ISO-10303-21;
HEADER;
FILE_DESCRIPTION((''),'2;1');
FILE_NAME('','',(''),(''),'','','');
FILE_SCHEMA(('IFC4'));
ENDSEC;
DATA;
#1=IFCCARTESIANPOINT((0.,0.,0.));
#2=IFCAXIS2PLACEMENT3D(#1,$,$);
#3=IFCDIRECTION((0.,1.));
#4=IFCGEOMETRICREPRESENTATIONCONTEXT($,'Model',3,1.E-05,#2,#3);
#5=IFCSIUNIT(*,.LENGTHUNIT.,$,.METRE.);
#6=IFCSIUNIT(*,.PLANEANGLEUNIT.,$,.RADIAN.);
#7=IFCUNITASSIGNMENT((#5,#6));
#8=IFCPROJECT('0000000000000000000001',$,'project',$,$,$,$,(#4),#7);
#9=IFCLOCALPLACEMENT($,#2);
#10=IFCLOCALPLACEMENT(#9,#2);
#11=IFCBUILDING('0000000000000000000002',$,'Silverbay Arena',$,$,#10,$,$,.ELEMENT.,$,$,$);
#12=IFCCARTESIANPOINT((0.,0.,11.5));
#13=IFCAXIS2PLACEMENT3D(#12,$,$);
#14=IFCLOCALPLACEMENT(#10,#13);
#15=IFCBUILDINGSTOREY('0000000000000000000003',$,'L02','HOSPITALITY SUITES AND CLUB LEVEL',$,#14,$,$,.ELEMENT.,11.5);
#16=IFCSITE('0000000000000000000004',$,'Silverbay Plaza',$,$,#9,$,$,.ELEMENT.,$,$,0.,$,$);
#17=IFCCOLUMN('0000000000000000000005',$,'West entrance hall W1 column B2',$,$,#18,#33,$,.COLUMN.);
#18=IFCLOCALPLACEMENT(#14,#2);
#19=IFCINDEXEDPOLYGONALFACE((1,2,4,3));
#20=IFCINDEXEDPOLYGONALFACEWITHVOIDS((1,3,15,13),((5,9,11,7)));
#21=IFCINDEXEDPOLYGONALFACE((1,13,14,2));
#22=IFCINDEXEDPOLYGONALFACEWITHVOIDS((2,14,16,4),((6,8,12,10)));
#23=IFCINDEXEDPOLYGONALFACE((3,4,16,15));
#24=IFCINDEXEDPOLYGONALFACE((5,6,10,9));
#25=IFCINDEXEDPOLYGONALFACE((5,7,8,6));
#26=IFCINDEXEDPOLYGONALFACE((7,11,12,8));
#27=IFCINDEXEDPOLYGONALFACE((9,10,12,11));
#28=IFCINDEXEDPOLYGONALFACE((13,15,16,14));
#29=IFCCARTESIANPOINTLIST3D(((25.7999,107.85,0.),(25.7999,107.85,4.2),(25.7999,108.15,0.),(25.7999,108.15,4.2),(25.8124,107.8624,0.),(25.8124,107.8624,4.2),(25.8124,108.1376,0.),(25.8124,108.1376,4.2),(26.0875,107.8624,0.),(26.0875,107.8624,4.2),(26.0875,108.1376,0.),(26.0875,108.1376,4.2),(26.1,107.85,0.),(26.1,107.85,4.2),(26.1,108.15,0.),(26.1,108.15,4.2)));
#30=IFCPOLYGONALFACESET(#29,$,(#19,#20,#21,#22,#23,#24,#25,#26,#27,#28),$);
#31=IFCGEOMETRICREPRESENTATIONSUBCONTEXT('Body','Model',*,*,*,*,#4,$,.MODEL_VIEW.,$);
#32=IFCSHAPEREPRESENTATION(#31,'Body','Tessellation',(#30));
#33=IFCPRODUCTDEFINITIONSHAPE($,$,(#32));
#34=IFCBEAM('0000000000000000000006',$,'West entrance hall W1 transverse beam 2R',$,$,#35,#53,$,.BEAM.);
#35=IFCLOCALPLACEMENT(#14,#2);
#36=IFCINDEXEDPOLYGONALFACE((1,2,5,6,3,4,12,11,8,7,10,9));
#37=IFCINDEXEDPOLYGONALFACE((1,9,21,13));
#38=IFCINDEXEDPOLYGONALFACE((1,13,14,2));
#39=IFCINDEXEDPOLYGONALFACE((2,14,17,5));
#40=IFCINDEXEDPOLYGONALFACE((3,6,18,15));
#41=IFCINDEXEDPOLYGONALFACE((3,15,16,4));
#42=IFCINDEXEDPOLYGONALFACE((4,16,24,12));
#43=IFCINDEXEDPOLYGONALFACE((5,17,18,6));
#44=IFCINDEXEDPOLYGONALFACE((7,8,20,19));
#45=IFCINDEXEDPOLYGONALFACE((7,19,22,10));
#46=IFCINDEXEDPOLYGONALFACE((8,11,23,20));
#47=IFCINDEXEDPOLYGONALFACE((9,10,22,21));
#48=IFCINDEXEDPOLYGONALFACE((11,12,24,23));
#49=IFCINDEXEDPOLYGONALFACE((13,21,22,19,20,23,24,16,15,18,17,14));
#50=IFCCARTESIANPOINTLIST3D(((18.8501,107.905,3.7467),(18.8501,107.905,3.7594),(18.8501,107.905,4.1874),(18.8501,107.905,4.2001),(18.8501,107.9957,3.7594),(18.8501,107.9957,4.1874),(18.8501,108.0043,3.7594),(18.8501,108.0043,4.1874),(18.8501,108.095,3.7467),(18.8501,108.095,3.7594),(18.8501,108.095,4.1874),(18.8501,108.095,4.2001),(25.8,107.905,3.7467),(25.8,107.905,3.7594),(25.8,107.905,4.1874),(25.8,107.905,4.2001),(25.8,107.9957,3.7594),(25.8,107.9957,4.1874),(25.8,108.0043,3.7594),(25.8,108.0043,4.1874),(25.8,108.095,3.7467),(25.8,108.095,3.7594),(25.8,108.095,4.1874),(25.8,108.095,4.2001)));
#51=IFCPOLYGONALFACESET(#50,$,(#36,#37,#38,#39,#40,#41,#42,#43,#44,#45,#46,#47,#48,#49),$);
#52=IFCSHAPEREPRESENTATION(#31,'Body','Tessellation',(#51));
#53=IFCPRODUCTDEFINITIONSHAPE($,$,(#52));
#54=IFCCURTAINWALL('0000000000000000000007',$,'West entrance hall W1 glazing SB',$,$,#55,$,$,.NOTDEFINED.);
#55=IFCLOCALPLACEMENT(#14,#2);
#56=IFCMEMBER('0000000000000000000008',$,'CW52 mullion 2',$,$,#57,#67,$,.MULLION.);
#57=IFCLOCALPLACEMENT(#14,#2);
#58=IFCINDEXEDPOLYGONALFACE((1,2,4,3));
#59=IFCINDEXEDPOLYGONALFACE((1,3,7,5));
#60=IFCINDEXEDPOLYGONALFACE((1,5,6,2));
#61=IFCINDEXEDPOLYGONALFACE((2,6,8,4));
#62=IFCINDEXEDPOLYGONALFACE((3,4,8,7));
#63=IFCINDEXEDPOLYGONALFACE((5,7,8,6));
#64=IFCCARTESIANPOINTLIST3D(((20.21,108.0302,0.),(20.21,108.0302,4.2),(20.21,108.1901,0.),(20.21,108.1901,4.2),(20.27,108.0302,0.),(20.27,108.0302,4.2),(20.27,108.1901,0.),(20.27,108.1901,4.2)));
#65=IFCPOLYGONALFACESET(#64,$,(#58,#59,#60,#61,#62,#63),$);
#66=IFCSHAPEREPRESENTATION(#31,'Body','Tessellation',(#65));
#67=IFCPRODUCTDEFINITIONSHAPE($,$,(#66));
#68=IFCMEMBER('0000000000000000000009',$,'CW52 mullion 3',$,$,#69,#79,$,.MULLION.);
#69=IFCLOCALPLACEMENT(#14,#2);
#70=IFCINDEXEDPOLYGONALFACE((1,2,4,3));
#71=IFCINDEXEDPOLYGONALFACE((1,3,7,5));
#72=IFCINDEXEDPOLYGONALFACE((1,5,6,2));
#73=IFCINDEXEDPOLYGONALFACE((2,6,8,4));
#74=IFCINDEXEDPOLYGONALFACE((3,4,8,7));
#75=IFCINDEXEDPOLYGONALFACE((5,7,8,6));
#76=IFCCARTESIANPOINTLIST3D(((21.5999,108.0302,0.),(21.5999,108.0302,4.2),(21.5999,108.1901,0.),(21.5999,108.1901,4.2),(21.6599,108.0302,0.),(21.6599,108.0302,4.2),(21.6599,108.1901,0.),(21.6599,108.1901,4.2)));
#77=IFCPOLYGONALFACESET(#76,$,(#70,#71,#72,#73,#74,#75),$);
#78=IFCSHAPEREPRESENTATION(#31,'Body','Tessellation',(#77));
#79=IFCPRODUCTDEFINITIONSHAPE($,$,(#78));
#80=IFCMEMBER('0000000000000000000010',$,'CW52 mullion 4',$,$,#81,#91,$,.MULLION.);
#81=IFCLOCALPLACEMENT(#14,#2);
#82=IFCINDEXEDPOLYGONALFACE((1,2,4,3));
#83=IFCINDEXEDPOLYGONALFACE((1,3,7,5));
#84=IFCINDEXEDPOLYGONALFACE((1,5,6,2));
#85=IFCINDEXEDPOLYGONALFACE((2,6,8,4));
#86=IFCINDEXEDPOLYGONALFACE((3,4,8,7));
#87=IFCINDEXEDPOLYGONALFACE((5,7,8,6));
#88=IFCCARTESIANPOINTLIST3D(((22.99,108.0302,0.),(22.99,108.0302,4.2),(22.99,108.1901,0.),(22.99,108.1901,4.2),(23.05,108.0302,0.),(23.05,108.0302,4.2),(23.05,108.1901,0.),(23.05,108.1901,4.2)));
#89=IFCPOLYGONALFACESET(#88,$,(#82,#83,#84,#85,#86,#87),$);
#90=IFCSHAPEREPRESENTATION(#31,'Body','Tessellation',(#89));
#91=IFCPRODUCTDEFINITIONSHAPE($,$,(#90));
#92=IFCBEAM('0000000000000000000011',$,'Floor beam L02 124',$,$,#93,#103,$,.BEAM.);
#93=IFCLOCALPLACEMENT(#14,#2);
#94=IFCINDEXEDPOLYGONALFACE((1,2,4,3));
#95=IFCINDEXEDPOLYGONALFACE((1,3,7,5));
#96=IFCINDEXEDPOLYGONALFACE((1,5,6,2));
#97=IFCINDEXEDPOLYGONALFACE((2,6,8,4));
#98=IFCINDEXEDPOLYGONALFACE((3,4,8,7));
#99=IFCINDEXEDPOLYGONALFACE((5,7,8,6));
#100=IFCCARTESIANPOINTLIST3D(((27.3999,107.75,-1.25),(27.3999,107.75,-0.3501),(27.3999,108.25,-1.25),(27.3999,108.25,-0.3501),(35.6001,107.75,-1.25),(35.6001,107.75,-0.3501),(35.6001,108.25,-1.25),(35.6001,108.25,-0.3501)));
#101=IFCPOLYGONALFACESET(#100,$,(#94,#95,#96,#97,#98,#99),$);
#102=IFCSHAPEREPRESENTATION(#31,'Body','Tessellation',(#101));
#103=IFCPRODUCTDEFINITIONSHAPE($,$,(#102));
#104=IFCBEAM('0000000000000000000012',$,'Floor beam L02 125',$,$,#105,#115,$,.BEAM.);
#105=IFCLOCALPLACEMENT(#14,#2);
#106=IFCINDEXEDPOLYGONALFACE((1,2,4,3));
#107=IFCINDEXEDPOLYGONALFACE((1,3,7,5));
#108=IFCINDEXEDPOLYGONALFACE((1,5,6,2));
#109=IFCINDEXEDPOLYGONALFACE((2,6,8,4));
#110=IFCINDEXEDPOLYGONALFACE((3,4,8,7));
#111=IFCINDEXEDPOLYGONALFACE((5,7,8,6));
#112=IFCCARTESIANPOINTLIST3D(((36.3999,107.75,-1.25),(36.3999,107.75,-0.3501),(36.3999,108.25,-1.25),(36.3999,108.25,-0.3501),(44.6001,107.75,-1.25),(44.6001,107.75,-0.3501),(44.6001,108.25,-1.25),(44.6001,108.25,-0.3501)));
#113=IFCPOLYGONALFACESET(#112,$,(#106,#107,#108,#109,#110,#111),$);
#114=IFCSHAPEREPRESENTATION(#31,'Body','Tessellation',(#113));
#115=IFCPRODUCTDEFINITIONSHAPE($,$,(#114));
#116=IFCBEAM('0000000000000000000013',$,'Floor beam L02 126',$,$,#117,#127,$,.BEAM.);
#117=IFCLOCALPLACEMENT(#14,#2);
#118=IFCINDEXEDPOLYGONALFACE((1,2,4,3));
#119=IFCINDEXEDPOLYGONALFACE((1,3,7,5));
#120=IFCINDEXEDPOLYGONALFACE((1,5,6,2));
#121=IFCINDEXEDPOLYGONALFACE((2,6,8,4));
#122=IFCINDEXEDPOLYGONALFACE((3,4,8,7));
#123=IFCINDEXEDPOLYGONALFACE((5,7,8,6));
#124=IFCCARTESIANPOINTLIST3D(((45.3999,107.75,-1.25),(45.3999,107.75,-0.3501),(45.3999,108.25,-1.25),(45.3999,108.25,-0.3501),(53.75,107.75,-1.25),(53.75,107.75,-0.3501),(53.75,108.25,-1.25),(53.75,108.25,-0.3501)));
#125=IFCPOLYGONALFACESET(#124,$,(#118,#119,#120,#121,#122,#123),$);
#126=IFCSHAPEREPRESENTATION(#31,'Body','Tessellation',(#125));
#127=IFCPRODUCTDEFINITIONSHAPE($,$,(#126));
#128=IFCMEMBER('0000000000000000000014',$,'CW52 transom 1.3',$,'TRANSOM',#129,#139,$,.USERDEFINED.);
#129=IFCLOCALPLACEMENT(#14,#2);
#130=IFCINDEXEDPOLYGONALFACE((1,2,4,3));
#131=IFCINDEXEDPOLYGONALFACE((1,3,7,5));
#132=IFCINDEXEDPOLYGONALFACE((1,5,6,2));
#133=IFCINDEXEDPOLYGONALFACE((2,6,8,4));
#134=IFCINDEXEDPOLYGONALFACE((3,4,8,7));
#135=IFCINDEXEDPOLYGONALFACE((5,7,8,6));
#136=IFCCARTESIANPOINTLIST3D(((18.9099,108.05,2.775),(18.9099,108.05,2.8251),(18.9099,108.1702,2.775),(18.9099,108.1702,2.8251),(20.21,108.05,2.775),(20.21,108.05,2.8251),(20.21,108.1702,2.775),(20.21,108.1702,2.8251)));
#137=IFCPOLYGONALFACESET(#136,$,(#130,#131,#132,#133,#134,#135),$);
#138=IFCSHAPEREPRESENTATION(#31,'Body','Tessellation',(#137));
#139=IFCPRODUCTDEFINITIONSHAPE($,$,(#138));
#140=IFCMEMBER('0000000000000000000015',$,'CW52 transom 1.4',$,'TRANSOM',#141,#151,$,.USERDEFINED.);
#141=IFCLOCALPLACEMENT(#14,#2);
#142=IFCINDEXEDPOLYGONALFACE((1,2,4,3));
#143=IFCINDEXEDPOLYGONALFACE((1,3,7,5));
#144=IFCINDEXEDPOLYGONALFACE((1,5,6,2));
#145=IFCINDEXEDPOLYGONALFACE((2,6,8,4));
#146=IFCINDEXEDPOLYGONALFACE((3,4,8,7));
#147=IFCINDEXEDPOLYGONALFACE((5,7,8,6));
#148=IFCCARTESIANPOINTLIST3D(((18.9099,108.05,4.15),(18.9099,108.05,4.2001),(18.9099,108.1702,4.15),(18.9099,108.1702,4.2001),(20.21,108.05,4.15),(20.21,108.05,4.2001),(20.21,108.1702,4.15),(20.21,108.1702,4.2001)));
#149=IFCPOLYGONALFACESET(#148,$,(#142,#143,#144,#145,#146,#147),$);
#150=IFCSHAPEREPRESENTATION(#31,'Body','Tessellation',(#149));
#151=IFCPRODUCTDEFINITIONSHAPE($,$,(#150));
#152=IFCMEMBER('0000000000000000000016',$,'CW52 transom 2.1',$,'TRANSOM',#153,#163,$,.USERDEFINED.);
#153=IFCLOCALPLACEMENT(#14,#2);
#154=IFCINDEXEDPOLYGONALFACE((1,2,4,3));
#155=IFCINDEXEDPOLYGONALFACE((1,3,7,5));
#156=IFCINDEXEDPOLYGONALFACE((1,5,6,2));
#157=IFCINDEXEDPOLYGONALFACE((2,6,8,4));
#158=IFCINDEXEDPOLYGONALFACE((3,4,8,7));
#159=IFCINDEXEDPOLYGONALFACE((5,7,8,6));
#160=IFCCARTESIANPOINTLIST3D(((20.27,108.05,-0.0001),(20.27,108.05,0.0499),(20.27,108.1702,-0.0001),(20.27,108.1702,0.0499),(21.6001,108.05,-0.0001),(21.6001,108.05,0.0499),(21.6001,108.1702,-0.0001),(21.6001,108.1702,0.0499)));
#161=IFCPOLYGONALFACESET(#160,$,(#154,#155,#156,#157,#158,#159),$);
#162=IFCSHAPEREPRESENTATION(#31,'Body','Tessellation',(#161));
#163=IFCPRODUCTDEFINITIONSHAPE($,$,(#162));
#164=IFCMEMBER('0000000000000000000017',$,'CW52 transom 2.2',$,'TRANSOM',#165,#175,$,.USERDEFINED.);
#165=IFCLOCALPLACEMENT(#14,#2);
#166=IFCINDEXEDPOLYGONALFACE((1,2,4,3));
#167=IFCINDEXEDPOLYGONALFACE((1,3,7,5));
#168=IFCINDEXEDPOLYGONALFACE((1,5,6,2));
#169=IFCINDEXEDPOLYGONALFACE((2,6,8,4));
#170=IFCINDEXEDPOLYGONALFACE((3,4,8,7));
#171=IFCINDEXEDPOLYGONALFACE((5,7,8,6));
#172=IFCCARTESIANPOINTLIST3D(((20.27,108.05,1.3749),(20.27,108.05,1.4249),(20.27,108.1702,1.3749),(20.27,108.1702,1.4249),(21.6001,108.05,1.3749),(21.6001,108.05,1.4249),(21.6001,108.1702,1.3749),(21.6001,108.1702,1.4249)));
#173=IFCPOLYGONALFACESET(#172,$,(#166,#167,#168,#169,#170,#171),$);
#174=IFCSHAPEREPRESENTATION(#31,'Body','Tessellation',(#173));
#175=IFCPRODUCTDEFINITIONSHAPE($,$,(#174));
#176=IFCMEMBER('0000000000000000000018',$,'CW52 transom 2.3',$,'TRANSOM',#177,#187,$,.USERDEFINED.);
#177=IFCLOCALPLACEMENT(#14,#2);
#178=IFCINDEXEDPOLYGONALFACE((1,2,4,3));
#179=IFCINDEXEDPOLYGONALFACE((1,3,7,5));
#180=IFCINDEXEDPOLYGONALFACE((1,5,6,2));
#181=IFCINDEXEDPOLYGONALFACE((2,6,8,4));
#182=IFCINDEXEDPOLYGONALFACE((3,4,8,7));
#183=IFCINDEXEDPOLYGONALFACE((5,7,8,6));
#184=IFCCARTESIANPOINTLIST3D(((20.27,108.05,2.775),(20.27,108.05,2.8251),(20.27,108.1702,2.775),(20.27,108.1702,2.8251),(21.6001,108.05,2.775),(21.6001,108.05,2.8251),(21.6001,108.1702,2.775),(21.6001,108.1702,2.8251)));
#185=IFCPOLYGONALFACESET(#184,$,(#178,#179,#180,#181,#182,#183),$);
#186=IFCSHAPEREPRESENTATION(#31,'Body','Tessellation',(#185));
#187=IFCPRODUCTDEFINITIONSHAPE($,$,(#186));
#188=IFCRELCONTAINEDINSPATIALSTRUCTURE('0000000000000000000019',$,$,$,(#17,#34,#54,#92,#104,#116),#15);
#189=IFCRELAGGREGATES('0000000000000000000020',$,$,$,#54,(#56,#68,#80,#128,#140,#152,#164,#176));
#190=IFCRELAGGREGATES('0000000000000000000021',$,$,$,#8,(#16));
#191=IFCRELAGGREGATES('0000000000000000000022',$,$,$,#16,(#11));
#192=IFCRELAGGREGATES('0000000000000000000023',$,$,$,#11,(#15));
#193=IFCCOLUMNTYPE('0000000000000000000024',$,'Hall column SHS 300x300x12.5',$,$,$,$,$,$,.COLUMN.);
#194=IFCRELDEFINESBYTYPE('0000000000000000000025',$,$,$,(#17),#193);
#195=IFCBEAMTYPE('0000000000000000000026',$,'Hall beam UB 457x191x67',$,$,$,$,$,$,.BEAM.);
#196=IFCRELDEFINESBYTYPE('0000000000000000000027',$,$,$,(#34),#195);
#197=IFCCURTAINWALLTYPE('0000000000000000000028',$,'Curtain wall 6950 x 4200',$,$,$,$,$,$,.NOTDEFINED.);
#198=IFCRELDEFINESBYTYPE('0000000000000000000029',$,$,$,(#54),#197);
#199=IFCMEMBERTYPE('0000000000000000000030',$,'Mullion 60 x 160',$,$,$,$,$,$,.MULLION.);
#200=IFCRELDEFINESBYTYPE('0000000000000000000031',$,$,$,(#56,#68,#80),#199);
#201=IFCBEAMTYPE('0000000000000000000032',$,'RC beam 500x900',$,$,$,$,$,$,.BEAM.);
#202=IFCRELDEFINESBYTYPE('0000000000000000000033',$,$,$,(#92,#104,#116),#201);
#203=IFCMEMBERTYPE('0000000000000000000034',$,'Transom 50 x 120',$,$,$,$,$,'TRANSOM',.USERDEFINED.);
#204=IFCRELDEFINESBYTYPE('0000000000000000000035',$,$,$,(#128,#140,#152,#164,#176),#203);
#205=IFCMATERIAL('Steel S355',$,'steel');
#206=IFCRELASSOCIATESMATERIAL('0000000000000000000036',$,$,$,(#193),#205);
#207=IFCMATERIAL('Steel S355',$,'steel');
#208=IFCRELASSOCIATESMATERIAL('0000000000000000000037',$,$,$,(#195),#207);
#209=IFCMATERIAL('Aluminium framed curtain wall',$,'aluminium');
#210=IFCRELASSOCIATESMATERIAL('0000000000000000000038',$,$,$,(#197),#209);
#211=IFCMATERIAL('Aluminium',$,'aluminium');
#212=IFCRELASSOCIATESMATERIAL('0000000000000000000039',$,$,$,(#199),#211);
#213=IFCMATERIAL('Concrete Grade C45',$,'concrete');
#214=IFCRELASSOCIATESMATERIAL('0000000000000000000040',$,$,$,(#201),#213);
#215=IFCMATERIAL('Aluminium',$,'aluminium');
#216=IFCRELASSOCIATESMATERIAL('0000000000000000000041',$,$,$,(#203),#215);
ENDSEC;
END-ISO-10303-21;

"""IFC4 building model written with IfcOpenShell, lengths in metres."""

from ifc_helpers import new_model, si_unit, direction, frame, origin, origin_2d, place, context, subcontext, project, spatial, rectangle, hollow_rectangle, i_section, extrude, material, material_profile, profile_set, type_object, element, aggregate, save


model = new_model("IFC4")

# Units and contexts
model_context = context("Model", 3, precision=1e-05, world=origin(), true_north=direction((0.0, 1.0)))
body_context = subcontext(model_context, "Body", "Model", "MODEL_VIEW")
ifc_project = project(units=[si_unit("LENGTHUNIT", "METRE"), si_unit("PLANEANGLEUNIT", "RADIAN")], contexts=[model_context])

# Site, building, storey
site_placement = place(None, origin())
site = spatial("IfcSite", under=ifc_project, at=site_placement, Name="Silverbay Plaza", CompositionType="ELEMENT", RefElevation=0.0)
building_placement = place(site_placement, origin())
building = spatial("IfcBuilding", under=site, at=building_placement, Name="Silverbay Arena", CompositionType="ELEMENT")
storey_placement = place(building_placement, frame((0.0, 0.0, 11.5)))
storey = spatial("IfcBuildingStorey", under=building, at=storey_placement, Name="L02", Description="HOSPITALITY SUITES AND CLUB LEVEL", CompositionType="ELEMENT", Elevation=11.5)

# Column
ifc_material_1 = material(Name="Steel S355", Category="steel")
ifc_material_profile_1 = material_profile(ifc_material_1, hollow_rectangle(XDim=0.3, YDim=0.3, WallThickness=0.0125, at=origin_2d()), Name="SHS 300x300x12.5")
ifc_profile_set_1 = profile_set([ifc_material_profile_1], Name="Steel S355")
column_type = type_object("IfcColumnType", Name="Hall column SHS 300x300x12.5", PredefinedType="COLUMN", material=ifc_profile_set_1)
column_placement = place(storey_placement, frame((25.95, 108.0, 0.0), z_axis=(0.0, 0.0, 1.0), x_axis=(1.0, 0.0, 0.0)))
element("IfcColumn", 1, at=column_placement, inside=storey, type_object=column_type, Name="West entrance hall W1 column B2", PredefinedType="COLUMN", context=body_context, shape_type="SweptSolid", body=[
    extrude(hollow_rectangle(XDim=0.3, YDim=0.3, WallThickness=0.0125, at=origin_2d()), origin(), (0.0, 0.0, 1.0), 4.2),
])

# Beam
ifc_material_2 = material(Name="Steel S355", Category="steel")
ifc_material_profile_2 = material_profile(ifc_material_2, i_section(OverallWidth=0.1899, OverallDepth=0.4534, WebThickness=0.0085, FlangeThickness=0.0127, at=origin_2d()), Name="UB 457x191x67")
ifc_profile_set_2 = profile_set([ifc_material_profile_2], Name="Steel S355")
beam_type_1 = type_object("IfcBeamType", Name="Hall beam UB 457x191x67", PredefinedType="BEAM", material=ifc_profile_set_2)
beam_1_placement = place(storey_placement, frame((25.8, 108.0, 3.9734), z_axis=(-1.0, 0.0, 0.0), x_axis=(0.0, -1.0, 0.0)))
element("IfcBeam", 2, at=beam_1_placement, inside=storey, type_object=beam_type_1, Name="West entrance hall W1 transverse beam 2R", PredefinedType="BEAM", context=body_context, shape_type="SweptSolid", body=[
    extrude(i_section(OverallWidth=0.1899, OverallDepth=0.4534, WebThickness=0.0085, FlangeThickness=0.0127, at=origin_2d()), origin(), (0.0, 0.0, 1.0), 6.95),
])

# Curtain wall, members
ifc_material_3 = material(Name="Aluminium framed curtain wall", Category="aluminium")
curtain_wall_type = type_object("IfcCurtainWallType", Name="Curtain wall 6950 x 4200", PredefinedType="NOTDEFINED", material=ifc_material_3)
curtain_wall_placement = place(storey_placement, origin())
curtain_wall = element("IfcCurtainWall", 3, at=curtain_wall_placement, inside=storey, type_object=curtain_wall_type, Name="West entrance hall W1 glazing SB", PredefinedType="NOTDEFINED")
ifc_material_4 = material(Name="Aluminium", Category="aluminium")
ifc_material_profile_3 = material_profile(ifc_material_4, rectangle(XDim=0.1599, YDim=0.0601, at=origin_2d()), Name="Mullion 60 x 160")
ifc_profile_set_3 = profile_set([ifc_material_profile_3], Name="Aluminium")
member_type_1 = type_object("IfcMemberType", Name="Mullion 60 x 160", PredefinedType="MULLION", material=ifc_profile_set_3)
member_1_placement = place(storey_placement, frame((20.24, 108.1101, 0.0), z_axis=(0.0, 0.0, 1.0), x_axis=(0.0, 1.0, 0.0)))
member_1 = element("IfcMember", 4, at=member_1_placement, type_object=member_type_1, Name="CW52 mullion 2", PredefinedType="MULLION", context=body_context, shape_type="SweptSolid", body=[
    extrude(rectangle(XDim=0.1599, YDim=0.0601, at=origin_2d()), origin(), (0.0, 0.0, 1.0), 4.2),
])
member_2_placement = place(storey_placement, frame((21.6299, 108.1101, 0.0), z_axis=(0.0, 0.0, 1.0), x_axis=(0.0, 1.0, 0.0)))
member_2 = element("IfcMember", 5, at=member_2_placement, type_object=member_type_1, Name="CW52 mullion 3", PredefinedType="MULLION", context=body_context, shape_type="SweptSolid", body=[
    extrude(rectangle(XDim=0.1599, YDim=0.0601, at=origin_2d()), origin(), (0.0, 0.0, 1.0), 4.2),
])
member_3_placement = place(storey_placement, frame((23.02, 108.1101, 0.0), z_axis=(0.0, 0.0, 1.0), x_axis=(0.0, 1.0, 0.0)))
member_3 = element("IfcMember", 6, at=member_3_placement, type_object=member_type_1, Name="CW52 mullion 4", PredefinedType="MULLION", context=body_context, shape_type="SweptSolid", body=[
    extrude(rectangle(XDim=0.1599, YDim=0.0601, at=origin_2d()), origin(), (0.0, 0.0, 1.0), 4.2),
])

# Beams
ifc_material_5 = material(Name="Concrete Grade C45", Category="concrete")
ifc_material_profile_4 = material_profile(ifc_material_5, rectangle(XDim=0.5, YDim=0.8999, at=origin_2d()), Name="RC 500x900")
ifc_profile_set_4 = profile_set([ifc_material_profile_4], Name="Concrete Grade C45")
beam_type_2 = type_object("IfcBeamType", Name="RC beam 500x900", PredefinedType="BEAM", material=ifc_profile_set_4)
for number, where, z_axis, x_axis, name in (
    (7, (27.3999, 108.0, -0.8), (1.0, 0.0, 0.0), (0.0, 1.0, 0.0), "Floor beam L02 124"),
    (8, (36.3999, 108.0, -0.8), (1.0, 0.0, 0.0), (0.0, 1.0, 0.0), "Floor beam L02 125"),
):
    element("IfcBeam", number, at=place(storey_placement, frame(where, z_axis=z_axis, x_axis=x_axis)), inside=storey, type_object=beam_type_2, Name=name, PredefinedType="BEAM", context=body_context, shape_type="SweptSolid", body=[
        extrude(rectangle(XDim=0.5, YDim=0.8999, at=origin_2d()), origin(), (0.0, 0.0, 1.0), 8.2002),
    ])
beam_2_placement = place(storey_placement, frame((45.3999, 108.0, -0.8), z_axis=(1.0, 0.0, 0.0), x_axis=(0.0, 1.0, 0.0)))
element("IfcBeam", 9, at=beam_2_placement, inside=storey, type_object=beam_type_2, Name="Floor beam L02 126", PredefinedType="BEAM", context=body_context, shape_type="SweptSolid", body=[
    extrude(rectangle(XDim=0.5, YDim=0.8999, at=origin_2d()), origin(), (0.0, 0.0, 1.0), 8.3501),
])

# Members
ifc_material_6 = material(Name="Aluminium", Category="aluminium")
ifc_material_profile_5 = material_profile(ifc_material_6, rectangle(XDim=0.1201, YDim=0.05, at=origin_2d()), Name="Transom 50 x 120")
ifc_profile_set_5 = profile_set([ifc_material_profile_5], Name="Aluminium")
member_type_2 = type_object("IfcMemberType", Name="Transom 50 x 120", ElementType="TRANSOM", PredefinedType="USERDEFINED", material=ifc_profile_set_5)
member_4_placement = place(storey_placement, frame((18.9099, 108.1101, 2.8), z_axis=(1.0, 0.0, 0.0), x_axis=(0.0, 1.0, 0.0)))
member_4 = element("IfcMember", 10, at=member_4_placement, type_object=member_type_2, Name="CW52 transom 1.3", ObjectType="TRANSOM", PredefinedType="USERDEFINED", context=body_context, shape_type="SweptSolid", body=[
    extrude(rectangle(XDim=0.1201, YDim=0.05, at=origin_2d()), origin(), (0.0, 0.0, 1.0), 1.3),
])
member_5_placement = place(storey_placement, frame((18.9099, 108.1101, 4.175), z_axis=(1.0, 0.0, 0.0), x_axis=(0.0, 1.0, 0.0)))
member_5 = element("IfcMember", 11, at=member_5_placement, type_object=member_type_2, Name="CW52 transom 1.4", ObjectType="TRANSOM", PredefinedType="USERDEFINED", context=body_context, shape_type="SweptSolid", body=[
    extrude(rectangle(XDim=0.1201, YDim=0.05, at=origin_2d()), origin(), (0.0, 0.0, 1.0), 1.3),
])
member_6_placement = place(storey_placement, frame((20.27, 108.1101, 0.0249), z_axis=(1.0, 0.0, 0.0), x_axis=(0.0, 1.0, 0.0)))
member_6 = element("IfcMember", 12, at=member_6_placement, type_object=member_type_2, Name="CW52 transom 2.1", ObjectType="TRANSOM", PredefinedType="USERDEFINED", context=body_context, shape_type="SweptSolid", body=[
    extrude(rectangle(XDim=0.1201, YDim=0.05, at=origin_2d()), origin(), (0.0, 0.0, 1.0), 1.3301),
])
member_7_placement = place(storey_placement, frame((20.27, 108.1101, 1.3999), z_axis=(1.0, 0.0, 0.0), x_axis=(0.0, 1.0, 0.0)))
member_7 = element("IfcMember", 13, at=member_7_placement, type_object=member_type_2, Name="CW52 transom 2.2", ObjectType="TRANSOM", PredefinedType="USERDEFINED", context=body_context, shape_type="SweptSolid", body=[
    extrude(rectangle(XDim=0.1201, YDim=0.05, at=origin_2d()), origin(), (0.0, 0.0, 1.0), 1.3301),
])
member_8_placement = place(storey_placement, frame((20.27, 108.1101, 2.8), z_axis=(1.0, 0.0, 0.0), x_axis=(0.0, 1.0, 0.0)))
member_8 = element("IfcMember", 14, at=member_8_placement, type_object=member_type_2, Name="CW52 transom 2.3", ObjectType="TRANSOM", PredefinedType="USERDEFINED", context=body_context, shape_type="SweptSolid", body=[
    extrude(rectangle(XDim=0.1201, YDim=0.05, at=origin_2d()), origin(), (0.0, 0.0, 1.0), 1.3301),
])

aggregate(curtain_wall, [member_1, member_2, member_3, member_4, member_5, member_6, member_7, member_8])

save(model, "model.ifc")
